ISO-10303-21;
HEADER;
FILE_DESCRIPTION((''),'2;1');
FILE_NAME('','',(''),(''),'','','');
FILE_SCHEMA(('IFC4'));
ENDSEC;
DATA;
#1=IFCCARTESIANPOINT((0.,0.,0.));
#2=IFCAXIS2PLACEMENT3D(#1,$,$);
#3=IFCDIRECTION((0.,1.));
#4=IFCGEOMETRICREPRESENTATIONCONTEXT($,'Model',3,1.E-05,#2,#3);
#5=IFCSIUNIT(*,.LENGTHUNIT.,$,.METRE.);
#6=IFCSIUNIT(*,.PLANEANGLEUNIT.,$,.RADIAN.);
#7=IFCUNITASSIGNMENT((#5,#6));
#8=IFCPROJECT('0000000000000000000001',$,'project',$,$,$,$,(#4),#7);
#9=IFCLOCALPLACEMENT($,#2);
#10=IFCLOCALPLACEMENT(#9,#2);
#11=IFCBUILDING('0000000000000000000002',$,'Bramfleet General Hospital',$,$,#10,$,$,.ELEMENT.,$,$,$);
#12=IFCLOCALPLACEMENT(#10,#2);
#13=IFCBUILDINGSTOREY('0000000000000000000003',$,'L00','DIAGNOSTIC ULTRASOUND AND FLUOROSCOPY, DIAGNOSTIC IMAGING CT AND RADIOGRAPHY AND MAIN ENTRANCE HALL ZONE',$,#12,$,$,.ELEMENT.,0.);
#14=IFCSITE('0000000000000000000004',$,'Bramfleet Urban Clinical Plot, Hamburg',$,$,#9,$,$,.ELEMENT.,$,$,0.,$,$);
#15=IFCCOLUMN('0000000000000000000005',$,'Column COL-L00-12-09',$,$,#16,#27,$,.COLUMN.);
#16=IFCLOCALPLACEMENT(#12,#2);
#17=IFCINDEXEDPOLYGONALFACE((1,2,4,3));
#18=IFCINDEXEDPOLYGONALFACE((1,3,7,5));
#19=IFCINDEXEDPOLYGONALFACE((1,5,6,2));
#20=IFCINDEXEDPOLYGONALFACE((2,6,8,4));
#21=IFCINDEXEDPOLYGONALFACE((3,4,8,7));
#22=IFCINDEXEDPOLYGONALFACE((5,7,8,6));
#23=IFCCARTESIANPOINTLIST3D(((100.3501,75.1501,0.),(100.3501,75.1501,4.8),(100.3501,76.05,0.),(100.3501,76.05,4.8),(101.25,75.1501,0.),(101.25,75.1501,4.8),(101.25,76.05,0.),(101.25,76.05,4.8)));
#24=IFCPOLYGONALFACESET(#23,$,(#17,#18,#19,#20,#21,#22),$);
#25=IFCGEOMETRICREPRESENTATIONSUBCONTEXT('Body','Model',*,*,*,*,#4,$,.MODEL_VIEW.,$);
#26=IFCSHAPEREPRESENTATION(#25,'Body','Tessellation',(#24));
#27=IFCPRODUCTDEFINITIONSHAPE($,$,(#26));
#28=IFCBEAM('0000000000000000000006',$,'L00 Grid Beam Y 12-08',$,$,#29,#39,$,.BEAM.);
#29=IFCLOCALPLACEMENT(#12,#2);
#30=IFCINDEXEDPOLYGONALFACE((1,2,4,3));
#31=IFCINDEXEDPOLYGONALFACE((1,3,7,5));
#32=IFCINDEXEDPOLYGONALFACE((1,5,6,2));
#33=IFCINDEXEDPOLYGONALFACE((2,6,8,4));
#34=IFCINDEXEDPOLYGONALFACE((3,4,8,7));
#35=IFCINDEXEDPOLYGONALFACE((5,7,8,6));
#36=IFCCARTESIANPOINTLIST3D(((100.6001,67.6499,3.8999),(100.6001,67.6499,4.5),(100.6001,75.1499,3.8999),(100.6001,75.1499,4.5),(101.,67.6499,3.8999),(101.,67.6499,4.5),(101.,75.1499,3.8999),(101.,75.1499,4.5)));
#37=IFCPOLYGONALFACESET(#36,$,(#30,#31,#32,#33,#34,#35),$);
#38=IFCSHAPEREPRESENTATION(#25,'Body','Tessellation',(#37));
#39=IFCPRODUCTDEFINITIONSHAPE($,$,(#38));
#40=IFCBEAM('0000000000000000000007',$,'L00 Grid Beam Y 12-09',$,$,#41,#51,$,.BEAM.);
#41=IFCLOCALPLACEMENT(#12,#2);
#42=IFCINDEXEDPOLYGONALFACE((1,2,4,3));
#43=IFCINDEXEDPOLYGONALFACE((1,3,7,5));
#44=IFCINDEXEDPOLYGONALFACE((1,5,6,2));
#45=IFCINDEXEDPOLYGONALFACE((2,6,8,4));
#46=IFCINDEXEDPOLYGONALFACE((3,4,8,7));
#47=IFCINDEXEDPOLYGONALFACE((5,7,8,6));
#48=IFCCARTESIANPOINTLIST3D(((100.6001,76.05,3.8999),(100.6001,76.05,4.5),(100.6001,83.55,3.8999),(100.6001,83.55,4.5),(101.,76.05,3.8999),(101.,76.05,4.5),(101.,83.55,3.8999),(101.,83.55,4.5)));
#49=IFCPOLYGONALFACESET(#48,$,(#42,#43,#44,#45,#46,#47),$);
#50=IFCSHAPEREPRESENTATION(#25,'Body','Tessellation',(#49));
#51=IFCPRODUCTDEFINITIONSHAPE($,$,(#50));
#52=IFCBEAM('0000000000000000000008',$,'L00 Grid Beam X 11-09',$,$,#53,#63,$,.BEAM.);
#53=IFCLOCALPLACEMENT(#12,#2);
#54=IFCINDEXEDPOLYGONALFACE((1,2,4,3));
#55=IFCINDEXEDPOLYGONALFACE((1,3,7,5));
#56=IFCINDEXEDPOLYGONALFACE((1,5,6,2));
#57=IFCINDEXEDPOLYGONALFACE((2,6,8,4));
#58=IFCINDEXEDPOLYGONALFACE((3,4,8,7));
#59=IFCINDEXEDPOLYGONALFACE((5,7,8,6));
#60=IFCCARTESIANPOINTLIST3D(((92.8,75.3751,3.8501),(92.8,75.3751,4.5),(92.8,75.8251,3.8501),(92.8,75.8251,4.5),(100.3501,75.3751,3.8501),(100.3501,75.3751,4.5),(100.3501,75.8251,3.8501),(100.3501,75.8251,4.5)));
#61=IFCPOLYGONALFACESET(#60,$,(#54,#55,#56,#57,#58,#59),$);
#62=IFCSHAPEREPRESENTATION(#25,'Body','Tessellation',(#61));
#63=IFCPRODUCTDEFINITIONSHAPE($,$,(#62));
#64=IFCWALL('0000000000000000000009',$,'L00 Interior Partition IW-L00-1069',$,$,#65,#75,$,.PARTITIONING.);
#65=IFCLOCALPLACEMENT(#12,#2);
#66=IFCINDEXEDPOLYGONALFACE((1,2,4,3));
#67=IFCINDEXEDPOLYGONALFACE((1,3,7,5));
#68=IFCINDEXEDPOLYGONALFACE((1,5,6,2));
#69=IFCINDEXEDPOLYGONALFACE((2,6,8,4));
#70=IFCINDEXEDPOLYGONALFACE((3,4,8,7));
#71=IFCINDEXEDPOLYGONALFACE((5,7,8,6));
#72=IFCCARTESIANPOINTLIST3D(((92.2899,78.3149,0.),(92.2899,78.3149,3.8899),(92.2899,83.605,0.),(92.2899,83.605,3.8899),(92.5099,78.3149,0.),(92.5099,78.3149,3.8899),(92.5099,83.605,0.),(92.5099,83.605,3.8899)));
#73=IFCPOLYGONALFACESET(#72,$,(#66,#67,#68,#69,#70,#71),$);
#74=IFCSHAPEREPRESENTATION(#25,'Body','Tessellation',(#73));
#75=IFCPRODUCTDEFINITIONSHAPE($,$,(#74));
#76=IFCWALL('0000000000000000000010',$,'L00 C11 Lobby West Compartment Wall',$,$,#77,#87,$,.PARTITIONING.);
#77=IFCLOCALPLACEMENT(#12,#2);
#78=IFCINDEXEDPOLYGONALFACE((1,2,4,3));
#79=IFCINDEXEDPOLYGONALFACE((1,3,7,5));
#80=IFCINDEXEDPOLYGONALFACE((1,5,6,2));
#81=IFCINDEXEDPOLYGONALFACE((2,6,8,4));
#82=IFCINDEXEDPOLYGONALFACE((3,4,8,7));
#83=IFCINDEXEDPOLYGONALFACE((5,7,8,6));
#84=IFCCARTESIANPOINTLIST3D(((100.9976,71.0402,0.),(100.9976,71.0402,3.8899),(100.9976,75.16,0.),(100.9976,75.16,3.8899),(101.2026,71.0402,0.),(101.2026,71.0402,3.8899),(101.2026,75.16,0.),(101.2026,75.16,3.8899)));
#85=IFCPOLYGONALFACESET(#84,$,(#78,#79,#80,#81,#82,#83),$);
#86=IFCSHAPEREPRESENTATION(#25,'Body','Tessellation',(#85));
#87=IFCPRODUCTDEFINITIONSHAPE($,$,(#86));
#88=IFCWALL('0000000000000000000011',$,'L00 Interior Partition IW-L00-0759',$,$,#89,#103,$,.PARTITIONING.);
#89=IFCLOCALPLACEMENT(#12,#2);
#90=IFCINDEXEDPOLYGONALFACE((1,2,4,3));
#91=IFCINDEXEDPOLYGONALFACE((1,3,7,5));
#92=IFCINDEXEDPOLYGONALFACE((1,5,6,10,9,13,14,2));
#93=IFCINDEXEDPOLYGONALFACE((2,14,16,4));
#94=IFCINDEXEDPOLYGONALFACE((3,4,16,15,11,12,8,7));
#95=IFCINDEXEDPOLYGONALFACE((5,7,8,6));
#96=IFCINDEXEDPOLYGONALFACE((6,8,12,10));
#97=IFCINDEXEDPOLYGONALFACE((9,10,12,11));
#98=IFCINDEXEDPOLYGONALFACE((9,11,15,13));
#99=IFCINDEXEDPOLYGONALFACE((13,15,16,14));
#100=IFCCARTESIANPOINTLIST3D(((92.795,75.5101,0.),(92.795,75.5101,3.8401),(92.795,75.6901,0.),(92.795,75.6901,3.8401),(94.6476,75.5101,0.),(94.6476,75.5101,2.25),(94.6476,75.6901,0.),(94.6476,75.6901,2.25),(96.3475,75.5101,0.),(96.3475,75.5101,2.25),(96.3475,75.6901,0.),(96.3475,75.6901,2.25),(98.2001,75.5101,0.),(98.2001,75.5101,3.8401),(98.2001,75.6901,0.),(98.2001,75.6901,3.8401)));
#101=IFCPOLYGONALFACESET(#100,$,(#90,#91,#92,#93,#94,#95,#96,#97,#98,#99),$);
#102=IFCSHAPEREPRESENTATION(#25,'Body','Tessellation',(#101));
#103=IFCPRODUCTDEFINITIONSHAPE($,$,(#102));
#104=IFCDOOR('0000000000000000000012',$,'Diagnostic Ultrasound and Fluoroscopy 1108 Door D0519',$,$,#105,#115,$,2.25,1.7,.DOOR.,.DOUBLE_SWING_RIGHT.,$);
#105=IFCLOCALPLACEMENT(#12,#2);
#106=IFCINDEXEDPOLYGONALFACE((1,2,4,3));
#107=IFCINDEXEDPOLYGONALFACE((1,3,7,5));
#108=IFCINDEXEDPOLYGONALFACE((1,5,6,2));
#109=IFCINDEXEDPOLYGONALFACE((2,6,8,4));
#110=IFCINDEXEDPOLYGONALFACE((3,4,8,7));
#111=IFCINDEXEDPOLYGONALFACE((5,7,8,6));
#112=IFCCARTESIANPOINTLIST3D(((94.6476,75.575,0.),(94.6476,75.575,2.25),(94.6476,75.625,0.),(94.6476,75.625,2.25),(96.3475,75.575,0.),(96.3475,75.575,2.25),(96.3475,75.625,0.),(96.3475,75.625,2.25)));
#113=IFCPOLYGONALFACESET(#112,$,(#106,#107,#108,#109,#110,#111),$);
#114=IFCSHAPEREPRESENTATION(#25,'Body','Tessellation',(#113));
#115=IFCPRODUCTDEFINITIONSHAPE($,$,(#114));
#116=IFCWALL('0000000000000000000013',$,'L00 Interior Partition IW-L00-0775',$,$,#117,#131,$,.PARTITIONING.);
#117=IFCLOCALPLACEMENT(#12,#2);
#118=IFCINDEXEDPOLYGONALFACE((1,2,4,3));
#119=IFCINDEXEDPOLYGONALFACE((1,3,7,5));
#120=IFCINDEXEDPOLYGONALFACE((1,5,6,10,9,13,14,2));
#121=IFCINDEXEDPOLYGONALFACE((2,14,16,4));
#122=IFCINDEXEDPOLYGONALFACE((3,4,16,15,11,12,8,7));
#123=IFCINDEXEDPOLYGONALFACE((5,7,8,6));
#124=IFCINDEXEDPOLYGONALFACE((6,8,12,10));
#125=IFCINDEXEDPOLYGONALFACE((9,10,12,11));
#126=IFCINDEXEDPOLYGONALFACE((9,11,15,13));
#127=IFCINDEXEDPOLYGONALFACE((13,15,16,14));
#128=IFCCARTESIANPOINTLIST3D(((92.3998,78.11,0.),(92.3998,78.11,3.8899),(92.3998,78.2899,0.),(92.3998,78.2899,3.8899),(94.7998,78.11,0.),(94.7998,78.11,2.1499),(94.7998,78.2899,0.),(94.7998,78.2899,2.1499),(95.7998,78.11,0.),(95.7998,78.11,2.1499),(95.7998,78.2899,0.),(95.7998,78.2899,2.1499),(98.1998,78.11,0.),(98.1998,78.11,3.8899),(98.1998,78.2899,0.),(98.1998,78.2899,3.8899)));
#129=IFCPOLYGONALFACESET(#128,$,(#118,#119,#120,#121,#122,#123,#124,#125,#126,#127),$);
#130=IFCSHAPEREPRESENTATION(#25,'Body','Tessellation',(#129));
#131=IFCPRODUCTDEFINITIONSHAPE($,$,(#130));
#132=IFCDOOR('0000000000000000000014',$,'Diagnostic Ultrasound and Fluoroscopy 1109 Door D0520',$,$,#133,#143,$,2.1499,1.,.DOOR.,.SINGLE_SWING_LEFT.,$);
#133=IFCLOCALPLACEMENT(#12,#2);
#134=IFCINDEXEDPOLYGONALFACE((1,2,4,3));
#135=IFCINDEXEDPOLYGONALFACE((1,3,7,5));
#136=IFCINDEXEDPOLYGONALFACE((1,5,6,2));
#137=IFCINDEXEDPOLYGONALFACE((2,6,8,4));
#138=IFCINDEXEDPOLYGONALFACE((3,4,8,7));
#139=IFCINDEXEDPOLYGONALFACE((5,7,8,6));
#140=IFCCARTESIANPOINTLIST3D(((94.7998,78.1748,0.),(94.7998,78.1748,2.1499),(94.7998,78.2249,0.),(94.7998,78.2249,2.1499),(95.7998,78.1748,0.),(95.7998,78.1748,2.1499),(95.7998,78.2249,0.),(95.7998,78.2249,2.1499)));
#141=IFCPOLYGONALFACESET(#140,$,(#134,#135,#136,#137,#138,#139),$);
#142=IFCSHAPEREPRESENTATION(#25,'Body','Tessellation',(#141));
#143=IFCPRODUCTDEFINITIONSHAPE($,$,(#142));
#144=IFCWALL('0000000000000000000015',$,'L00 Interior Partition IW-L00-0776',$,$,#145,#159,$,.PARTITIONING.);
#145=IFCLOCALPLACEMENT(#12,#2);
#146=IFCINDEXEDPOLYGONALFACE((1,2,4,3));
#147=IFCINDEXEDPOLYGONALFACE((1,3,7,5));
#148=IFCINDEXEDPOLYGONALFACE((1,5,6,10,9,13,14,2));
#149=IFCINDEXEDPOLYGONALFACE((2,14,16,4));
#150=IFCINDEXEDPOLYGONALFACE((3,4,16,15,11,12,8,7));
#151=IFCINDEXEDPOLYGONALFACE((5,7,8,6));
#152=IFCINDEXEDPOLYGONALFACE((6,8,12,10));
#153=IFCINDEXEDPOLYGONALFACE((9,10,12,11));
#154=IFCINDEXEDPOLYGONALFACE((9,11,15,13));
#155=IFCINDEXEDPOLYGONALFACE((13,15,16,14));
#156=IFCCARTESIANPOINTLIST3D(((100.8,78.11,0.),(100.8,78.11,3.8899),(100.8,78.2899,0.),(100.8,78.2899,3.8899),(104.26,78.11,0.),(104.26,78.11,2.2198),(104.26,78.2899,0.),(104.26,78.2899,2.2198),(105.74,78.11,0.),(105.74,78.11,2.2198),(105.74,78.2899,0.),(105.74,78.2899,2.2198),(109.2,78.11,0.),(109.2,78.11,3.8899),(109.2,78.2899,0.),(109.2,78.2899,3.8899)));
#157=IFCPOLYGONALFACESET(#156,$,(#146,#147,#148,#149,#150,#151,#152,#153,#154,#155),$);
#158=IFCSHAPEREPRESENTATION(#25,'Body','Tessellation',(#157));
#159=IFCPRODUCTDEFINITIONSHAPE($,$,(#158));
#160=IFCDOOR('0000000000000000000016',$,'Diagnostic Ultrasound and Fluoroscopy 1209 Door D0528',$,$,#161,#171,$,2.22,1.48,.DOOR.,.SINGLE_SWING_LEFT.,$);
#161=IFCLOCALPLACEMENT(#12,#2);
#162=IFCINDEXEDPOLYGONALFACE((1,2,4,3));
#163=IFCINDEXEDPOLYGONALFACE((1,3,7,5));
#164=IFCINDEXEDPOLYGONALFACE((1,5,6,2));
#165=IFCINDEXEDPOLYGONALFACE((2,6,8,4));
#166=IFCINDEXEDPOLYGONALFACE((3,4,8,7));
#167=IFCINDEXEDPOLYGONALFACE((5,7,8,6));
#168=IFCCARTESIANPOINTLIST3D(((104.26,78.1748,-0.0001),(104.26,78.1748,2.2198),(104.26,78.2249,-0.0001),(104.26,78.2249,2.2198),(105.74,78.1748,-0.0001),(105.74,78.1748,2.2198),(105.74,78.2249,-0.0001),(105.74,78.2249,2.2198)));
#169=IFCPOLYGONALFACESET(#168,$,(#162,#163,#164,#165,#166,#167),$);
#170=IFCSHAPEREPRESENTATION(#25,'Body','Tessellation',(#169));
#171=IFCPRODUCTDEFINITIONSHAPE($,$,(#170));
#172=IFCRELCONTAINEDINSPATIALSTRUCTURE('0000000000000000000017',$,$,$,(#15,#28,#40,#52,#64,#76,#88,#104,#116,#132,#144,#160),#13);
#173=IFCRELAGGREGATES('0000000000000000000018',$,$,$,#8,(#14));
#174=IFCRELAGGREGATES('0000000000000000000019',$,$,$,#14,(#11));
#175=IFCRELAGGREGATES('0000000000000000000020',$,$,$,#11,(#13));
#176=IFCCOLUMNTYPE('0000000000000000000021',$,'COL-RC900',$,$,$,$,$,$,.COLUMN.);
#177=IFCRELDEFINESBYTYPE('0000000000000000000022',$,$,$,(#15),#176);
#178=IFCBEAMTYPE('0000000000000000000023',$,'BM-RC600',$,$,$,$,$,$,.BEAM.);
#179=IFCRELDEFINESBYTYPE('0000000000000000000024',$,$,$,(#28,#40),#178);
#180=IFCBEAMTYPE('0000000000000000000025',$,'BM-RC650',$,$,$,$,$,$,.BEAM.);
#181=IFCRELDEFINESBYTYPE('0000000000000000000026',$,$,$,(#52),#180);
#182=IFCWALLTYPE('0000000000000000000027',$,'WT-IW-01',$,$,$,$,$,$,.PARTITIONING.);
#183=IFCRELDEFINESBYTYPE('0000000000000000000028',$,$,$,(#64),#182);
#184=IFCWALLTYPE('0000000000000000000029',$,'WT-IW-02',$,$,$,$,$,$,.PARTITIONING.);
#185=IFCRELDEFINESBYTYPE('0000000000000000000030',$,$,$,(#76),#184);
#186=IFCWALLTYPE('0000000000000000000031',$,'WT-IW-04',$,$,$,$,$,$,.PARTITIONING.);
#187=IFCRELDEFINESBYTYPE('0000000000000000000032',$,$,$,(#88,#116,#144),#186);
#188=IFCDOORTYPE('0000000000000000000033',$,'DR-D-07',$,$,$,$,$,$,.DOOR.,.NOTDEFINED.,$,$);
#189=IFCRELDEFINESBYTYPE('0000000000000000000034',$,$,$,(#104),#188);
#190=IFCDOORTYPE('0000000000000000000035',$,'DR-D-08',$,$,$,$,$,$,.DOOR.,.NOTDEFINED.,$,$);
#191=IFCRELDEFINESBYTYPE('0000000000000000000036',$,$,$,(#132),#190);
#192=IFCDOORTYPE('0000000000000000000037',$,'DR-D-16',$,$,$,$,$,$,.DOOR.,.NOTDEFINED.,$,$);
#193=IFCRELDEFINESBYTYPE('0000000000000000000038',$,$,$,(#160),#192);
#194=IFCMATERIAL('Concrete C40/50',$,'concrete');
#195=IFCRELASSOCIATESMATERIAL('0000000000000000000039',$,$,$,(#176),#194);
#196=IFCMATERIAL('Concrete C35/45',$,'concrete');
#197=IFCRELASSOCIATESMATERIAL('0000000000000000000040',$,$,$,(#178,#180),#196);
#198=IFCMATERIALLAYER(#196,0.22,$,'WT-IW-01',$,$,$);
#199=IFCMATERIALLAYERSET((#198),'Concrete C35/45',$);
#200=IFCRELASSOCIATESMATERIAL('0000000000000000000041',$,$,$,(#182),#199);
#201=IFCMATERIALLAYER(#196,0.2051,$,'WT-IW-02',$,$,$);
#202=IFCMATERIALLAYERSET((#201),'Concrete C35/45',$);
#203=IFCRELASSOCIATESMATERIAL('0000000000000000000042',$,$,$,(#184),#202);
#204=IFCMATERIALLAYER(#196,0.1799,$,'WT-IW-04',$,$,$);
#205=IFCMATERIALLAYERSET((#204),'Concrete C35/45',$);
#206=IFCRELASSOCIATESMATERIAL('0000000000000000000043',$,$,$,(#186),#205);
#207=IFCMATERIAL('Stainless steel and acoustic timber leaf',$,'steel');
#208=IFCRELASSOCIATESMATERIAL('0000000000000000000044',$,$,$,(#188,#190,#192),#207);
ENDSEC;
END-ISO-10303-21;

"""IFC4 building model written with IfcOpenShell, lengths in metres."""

from ifc_helpers import new_model, si_unit, direction, frame, frame_2d, origin, origin_2d, place, context, subcontext, project, spatial, rectangle, extrude, material, layer, layer_set, material_profile, profile_set, type_object, element, fill, save


model = new_model("IFC4")

# Units and contexts
model_context = context("Model", 3, precision=1e-05, world=origin(), true_north=direction((0.0, 1.0)))
body_context = subcontext(model_context, "Body", "Model", "MODEL_VIEW")
ifc_project = project(units=[si_unit("LENGTHUNIT", "METRE"), si_unit("PLANEANGLEUNIT", "RADIAN")], contexts=[model_context])

# Site, building, storey
site_placement = place(None, origin())
site = spatial("IfcSite", under=ifc_project, at=site_placement, Name="Bramfleet Urban Clinical Plot, Hamburg", CompositionType="ELEMENT", RefElevation=0.0)
building_placement = place(site_placement, origin())
building = spatial("IfcBuilding", under=site, at=building_placement, Name="Bramfleet General Hospital", CompositionType="ELEMENT")
storey_placement = place(building_placement, origin())
storey = spatial("IfcBuildingStorey", under=building, at=storey_placement, Name="L00", Description="DIAGNOSTIC ULTRASOUND AND FLUOROSCOPY, DIAGNOSTIC IMAGING CT AND RADIOGRAPHY AND MAIN ENTRANCE HALL ZONE", CompositionType="ELEMENT", Elevation=0.0)

# Column
ifc_material_1 = material(Name="Concrete C40/50", Category="concrete")
ifc_material_profile_1 = material_profile(ifc_material_1, rectangle(XDim=0.8999, YDim=0.8999, at=origin_2d()), Name="RC COL 900x900")
ifc_profile_set_1 = profile_set([ifc_material_profile_1], Name="Concrete C40/50")
column_type = type_object("IfcColumnType", Name="COL-RC900", PredefinedType="COLUMN", material=ifc_profile_set_1)
column_placement = place(storey_placement, frame((100.8, 75.6001, 0.0), z_axis=(0.0, 0.0, 1.0), x_axis=(1.0, 0.0, 0.0)))
element("IfcColumn", 1, at=column_placement, inside=storey, type_object=column_type, Name="Column COL-L00-12-09", PredefinedType="COLUMN", context=body_context, shape_type="SweptSolid", body=[
    extrude(rectangle(XDim=0.8999, YDim=0.8999, at=origin_2d()), origin(), (0.0, 0.0, 1.0), 4.8),
])

# Beams
ifc_material_2 = material(Name="Concrete C35/45", Category="concrete")
ifc_material_profile_2 = material_profile(ifc_material_2, rectangle(XDim=0.3999, YDim=0.6001, at=origin_2d()), Name="RC BM 600x400")
ifc_profile_set_2 = profile_set([ifc_material_profile_2], Name="Concrete C35/45")
beam_type_1 = type_object("IfcBeamType", Name="BM-RC600", PredefinedType="BEAM", material=ifc_profile_set_2)
for number, where, z_axis, x_axis, name in (
    (2, (100.8, 67.6499, 4.2), (0.0, 1.0, 0.0), (-1.0, 0.0, 0.0), "L00 Grid Beam Y 12-08"),
    (3, (100.8, 76.05, 4.2), (0.0, 1.0, 0.0), (-1.0, 0.0, 0.0), "L00 Grid Beam Y 12-09"),
):
    element("IfcBeam", number, at=place(storey_placement, frame(where, z_axis=z_axis, x_axis=x_axis)), inside=storey, type_object=beam_type_1, Name=name, PredefinedType="BEAM", context=body_context, shape_type="SweptSolid", body=[
        extrude(rectangle(XDim=0.3999, YDim=0.6001, at=origin_2d()), origin(), (0.0, 0.0, 1.0), 7.5),
    ])
ifc_material_profile_3 = material_profile(ifc_material_2, rectangle(XDim=0.45, YDim=0.6499, at=origin_2d()), Name="RC BM 650x450")
ifc_profile_set_3 = profile_set([ifc_material_profile_3], Name="Concrete C35/45")
beam_type_2 = type_object("IfcBeamType", Name="BM-RC650", PredefinedType="BEAM", material=ifc_profile_set_3)
beam_placement = place(storey_placement, frame((92.8, 75.6001, 4.175), z_axis=(1.0, 0.0, 0.0), x_axis=(0.0, 1.0, 0.0)))
element("IfcBeam", 4, at=beam_placement, inside=storey, type_object=beam_type_2, Name="L00 Grid Beam X 11-09", PredefinedType="BEAM", context=body_context, shape_type="SweptSolid", body=[
    extrude(rectangle(XDim=0.45, YDim=0.6499, at=origin_2d()), origin(), (0.0, 0.0, 1.0), 7.55),
])

# Walls
ifc_layer_1 = layer(ifc_material_2, 0.22, Name="WT-IW-01")
ifc_layer_set_1 = layer_set([ifc_layer_1], Name="Concrete C35/45")
wall_type_1 = type_object("IfcWallType", Name="WT-IW-01", PredefinedType="PARTITIONING", material=ifc_layer_set_1)
wall_1_placement = place(storey_placement, frame((92.3999, 78.3149, 0.0), z_axis=(0.0, 0.0, 1.0), x_axis=(0.0, 1.0, 0.0)))
element("IfcWall", 5, at=wall_1_placement, inside=storey, type_object=wall_type_1, Name="L00 Interior Partition IW-L00-1069", PredefinedType="PARTITIONING", context=body_context, shape_type="SweptSolid", body=[
    extrude(rectangle(XDim=5.29, YDim=0.22, at=frame_2d((2.645, 0.0))), origin(), (0.0, 0.0, 1.0), 3.8899),
])
ifc_layer_2 = layer(ifc_material_2, 0.2051, Name="WT-IW-02")
ifc_layer_set_2 = layer_set([ifc_layer_2], Name="Concrete C35/45")
wall_type_2 = type_object("IfcWallType", Name="WT-IW-02", PredefinedType="PARTITIONING", material=ifc_layer_set_2)
wall_2_placement = place(storey_placement, frame((101.1001, 71.04, 0.0), z_axis=(0.0, 0.0, 1.0), x_axis=(0.0, 1.0, 0.0)))
element("IfcWall", 6, at=wall_2_placement, inside=storey, type_object=wall_type_2, Name="L00 C11 Lobby West Compartment Wall", PredefinedType="PARTITIONING", context=body_context, shape_type="SweptSolid", body=[
    extrude(rectangle(XDim=4.1199, YDim=0.2051, at=frame_2d((2.0601, 0.0))), origin(), (0.0, 0.0, 1.0), 3.8899),
])

# Walls, openings, doors
ifc_layer_3 = layer(ifc_material_2, 0.1799, Name="WT-IW-04")
ifc_layer_set_3 = layer_set([ifc_layer_3], Name="Concrete C35/45")
wall_type_3 = type_object("IfcWallType", Name="WT-IW-04", PredefinedType="PARTITIONING", material=ifc_layer_set_3)
wall_3_placement = place(storey_placement, frame((92.7949, 75.6001, 0.0), z_axis=(0.0, 0.0, 1.0), x_axis=(1.0, 0.0, 0.0)))
wall_3 = element("IfcWall", 7, at=wall_3_placement, inside=storey, type_object=wall_type_3, Name="L00 Interior Partition IW-L00-0759", PredefinedType="PARTITIONING", context=body_context, shape_type="SweptSolid", body=[
    extrude(rectangle(XDim=5.405, YDim=0.1799, at=frame_2d((2.7026, 0.0))), origin(), (0.0, 0.0, 1.0), 3.8401),
])
opening_1_placement = place(wall_3_placement, frame((1.8525, 0.0, 0.0)))
opening_1 = element("IfcOpeningElement", 8, at=opening_1_placement, cuts=wall_3, PredefinedType="OPENING", context=body_context, shape_type="SweptSolid", body=[
    extrude(rectangle(XDim=1.7, YDim=2.25, at=frame_2d((0.8501, 1.125))), frame((0.0, 0.0999, 0.0), z_axis=(0.0, -1.0, 0.0), x_axis=(1.0, 0.0, 0.0)), (0.0, 0.0, 1.0), 0.2),
])
ifc_material_3 = material(Name="Stainless steel and acoustic timber leaf", Category="steel")
door_type_1 = type_object("IfcDoorType", Name="DR-D-07", OperationType="NOTDEFINED", PredefinedType="DOOR", material=ifc_material_3)
door_1_placement = place(opening_1_placement, origin())
door_1 = element("IfcDoor", 9, at=door_1_placement, inside=storey, type_object=door_type_1, Name="Diagnostic Ultrasound and Fluoroscopy 1108 Door D0519", OperationType="DOUBLE_SWING_RIGHT", OverallHeight=2.25, OverallWidth=1.7, PredefinedType="DOOR", context=body_context, shape_type="SweptSolid", body=[
    extrude(rectangle(XDim=1.7, YDim=2.25, at=frame_2d((0.8501, 1.125))), frame((0.0, 0.0249, 0.0), z_axis=(0.0, -1.0, 0.0), x_axis=(1.0, 0.0, 0.0)), (0.0, 0.0, 1.0), 0.05),
])
fill(opening_1, door_1)
wall_4_placement = place(storey_placement, frame((92.3999, 78.2, 0.0), z_axis=(0.0, 0.0, 1.0), x_axis=(1.0, 0.0, 0.0)))
wall_4 = element("IfcWall", 10, at=wall_4_placement, inside=storey, type_object=wall_type_3, Name="L00 Interior Partition IW-L00-0775", PredefinedType="PARTITIONING", context=body_context, shape_type="SweptSolid", body=[
    extrude(rectangle(XDim=5.8, YDim=0.1799, at=frame_2d((2.8999, 0.0))), origin(), (0.0, 0.0, 1.0), 3.8899),
])
opening_2_placement = place(wall_4_placement, frame((2.3999, 0.0, 0.0)))
opening_2 = element("IfcOpeningElement", 11, at=opening_2_placement, cuts=wall_4, PredefinedType="OPENING", context=body_context, shape_type="SweptSolid", body=[
    extrude(rectangle(XDim=1.0, YDim=2.1499, at=frame_2d((0.5, 1.075))), frame((0.0, 0.0999, 0.0), z_axis=(0.0, -1.0, 0.0), x_axis=(1.0, 0.0, 0.0)), (0.0, 0.0, 1.0), 0.2),
])
door_type_2 = type_object("IfcDoorType", Name="DR-D-08", OperationType="NOTDEFINED", PredefinedType="DOOR", material=ifc_material_3)
door_2_placement = place(opening_2_placement, origin())
door_2 = element("IfcDoor", 12, at=door_2_placement, inside=storey, type_object=door_type_2, Name="Diagnostic Ultrasound and Fluoroscopy 1109 Door D0520", OperationType="SINGLE_SWING_LEFT", OverallHeight=2.1499, OverallWidth=1.0, PredefinedType="DOOR", context=body_context, shape_type="SweptSolid", body=[
    extrude(rectangle(XDim=1.0, YDim=2.1499, at=frame_2d((0.5, 1.075))), frame((0.0, 0.0249, 0.0), z_axis=(0.0, -1.0, 0.0), x_axis=(1.0, 0.0, 0.0)), (0.0, 0.0, 1.0), 0.05),
])
fill(opening_2, door_2)
wall_5_placement = place(storey_placement, frame((100.8, 78.2, 0.0), z_axis=(0.0, 0.0, 1.0), x_axis=(1.0, 0.0, 0.0)))
wall_5 = element("IfcWall", 13, at=wall_5_placement, inside=storey, type_object=wall_type_3, Name="L00 Interior Partition IW-L00-0776", PredefinedType="PARTITIONING", context=body_context, shape_type="SweptSolid", body=[
    extrude(rectangle(XDim=8.3999, YDim=0.1799, at=frame_2d((4.2, 0.0))), origin(), (0.0, 0.0, 1.0), 3.8899),
])
opening_3_placement = place(wall_5_placement, frame((3.46, 0.0, 0.0)))
opening_3 = element("IfcOpeningElement", 14, at=opening_3_placement, cuts=wall_5, PredefinedType="OPENING", context=body_context, shape_type="SweptSolid", body=[
    extrude(rectangle(XDim=1.48, YDim=2.22, at=frame_2d((0.74, 1.1099))), frame((0.0, 0.0999, 0.0), z_axis=(0.0, -1.0, 0.0), x_axis=(1.0, 0.0, 0.0)), (0.0, 0.0, 1.0), 0.2),
])
door_type_3 = type_object("IfcDoorType", Name="DR-D-16", OperationType="NOTDEFINED", PredefinedType="DOOR", material=ifc_material_3)
door_3_placement = place(opening_3_placement, origin())
door_3 = element("IfcDoor", 15, at=door_3_placement, inside=storey, type_object=door_type_3, Name="Diagnostic Ultrasound and Fluoroscopy 1209 Door D0528", OperationType="SINGLE_SWING_LEFT", OverallHeight=2.22, OverallWidth=1.48, PredefinedType="DOOR", context=body_context, shape_type="SweptSolid", body=[
    extrude(rectangle(XDim=1.48, YDim=2.22, at=frame_2d((0.74, 1.1099))), frame((0.0, 0.0249, 0.0), z_axis=(0.0, -1.0, 0.0), x_axis=(1.0, 0.0, 0.0)), (0.0, 0.0, 1.0), 0.05),
])
fill(opening_3, door_3)

save(model, "model.ifc")
